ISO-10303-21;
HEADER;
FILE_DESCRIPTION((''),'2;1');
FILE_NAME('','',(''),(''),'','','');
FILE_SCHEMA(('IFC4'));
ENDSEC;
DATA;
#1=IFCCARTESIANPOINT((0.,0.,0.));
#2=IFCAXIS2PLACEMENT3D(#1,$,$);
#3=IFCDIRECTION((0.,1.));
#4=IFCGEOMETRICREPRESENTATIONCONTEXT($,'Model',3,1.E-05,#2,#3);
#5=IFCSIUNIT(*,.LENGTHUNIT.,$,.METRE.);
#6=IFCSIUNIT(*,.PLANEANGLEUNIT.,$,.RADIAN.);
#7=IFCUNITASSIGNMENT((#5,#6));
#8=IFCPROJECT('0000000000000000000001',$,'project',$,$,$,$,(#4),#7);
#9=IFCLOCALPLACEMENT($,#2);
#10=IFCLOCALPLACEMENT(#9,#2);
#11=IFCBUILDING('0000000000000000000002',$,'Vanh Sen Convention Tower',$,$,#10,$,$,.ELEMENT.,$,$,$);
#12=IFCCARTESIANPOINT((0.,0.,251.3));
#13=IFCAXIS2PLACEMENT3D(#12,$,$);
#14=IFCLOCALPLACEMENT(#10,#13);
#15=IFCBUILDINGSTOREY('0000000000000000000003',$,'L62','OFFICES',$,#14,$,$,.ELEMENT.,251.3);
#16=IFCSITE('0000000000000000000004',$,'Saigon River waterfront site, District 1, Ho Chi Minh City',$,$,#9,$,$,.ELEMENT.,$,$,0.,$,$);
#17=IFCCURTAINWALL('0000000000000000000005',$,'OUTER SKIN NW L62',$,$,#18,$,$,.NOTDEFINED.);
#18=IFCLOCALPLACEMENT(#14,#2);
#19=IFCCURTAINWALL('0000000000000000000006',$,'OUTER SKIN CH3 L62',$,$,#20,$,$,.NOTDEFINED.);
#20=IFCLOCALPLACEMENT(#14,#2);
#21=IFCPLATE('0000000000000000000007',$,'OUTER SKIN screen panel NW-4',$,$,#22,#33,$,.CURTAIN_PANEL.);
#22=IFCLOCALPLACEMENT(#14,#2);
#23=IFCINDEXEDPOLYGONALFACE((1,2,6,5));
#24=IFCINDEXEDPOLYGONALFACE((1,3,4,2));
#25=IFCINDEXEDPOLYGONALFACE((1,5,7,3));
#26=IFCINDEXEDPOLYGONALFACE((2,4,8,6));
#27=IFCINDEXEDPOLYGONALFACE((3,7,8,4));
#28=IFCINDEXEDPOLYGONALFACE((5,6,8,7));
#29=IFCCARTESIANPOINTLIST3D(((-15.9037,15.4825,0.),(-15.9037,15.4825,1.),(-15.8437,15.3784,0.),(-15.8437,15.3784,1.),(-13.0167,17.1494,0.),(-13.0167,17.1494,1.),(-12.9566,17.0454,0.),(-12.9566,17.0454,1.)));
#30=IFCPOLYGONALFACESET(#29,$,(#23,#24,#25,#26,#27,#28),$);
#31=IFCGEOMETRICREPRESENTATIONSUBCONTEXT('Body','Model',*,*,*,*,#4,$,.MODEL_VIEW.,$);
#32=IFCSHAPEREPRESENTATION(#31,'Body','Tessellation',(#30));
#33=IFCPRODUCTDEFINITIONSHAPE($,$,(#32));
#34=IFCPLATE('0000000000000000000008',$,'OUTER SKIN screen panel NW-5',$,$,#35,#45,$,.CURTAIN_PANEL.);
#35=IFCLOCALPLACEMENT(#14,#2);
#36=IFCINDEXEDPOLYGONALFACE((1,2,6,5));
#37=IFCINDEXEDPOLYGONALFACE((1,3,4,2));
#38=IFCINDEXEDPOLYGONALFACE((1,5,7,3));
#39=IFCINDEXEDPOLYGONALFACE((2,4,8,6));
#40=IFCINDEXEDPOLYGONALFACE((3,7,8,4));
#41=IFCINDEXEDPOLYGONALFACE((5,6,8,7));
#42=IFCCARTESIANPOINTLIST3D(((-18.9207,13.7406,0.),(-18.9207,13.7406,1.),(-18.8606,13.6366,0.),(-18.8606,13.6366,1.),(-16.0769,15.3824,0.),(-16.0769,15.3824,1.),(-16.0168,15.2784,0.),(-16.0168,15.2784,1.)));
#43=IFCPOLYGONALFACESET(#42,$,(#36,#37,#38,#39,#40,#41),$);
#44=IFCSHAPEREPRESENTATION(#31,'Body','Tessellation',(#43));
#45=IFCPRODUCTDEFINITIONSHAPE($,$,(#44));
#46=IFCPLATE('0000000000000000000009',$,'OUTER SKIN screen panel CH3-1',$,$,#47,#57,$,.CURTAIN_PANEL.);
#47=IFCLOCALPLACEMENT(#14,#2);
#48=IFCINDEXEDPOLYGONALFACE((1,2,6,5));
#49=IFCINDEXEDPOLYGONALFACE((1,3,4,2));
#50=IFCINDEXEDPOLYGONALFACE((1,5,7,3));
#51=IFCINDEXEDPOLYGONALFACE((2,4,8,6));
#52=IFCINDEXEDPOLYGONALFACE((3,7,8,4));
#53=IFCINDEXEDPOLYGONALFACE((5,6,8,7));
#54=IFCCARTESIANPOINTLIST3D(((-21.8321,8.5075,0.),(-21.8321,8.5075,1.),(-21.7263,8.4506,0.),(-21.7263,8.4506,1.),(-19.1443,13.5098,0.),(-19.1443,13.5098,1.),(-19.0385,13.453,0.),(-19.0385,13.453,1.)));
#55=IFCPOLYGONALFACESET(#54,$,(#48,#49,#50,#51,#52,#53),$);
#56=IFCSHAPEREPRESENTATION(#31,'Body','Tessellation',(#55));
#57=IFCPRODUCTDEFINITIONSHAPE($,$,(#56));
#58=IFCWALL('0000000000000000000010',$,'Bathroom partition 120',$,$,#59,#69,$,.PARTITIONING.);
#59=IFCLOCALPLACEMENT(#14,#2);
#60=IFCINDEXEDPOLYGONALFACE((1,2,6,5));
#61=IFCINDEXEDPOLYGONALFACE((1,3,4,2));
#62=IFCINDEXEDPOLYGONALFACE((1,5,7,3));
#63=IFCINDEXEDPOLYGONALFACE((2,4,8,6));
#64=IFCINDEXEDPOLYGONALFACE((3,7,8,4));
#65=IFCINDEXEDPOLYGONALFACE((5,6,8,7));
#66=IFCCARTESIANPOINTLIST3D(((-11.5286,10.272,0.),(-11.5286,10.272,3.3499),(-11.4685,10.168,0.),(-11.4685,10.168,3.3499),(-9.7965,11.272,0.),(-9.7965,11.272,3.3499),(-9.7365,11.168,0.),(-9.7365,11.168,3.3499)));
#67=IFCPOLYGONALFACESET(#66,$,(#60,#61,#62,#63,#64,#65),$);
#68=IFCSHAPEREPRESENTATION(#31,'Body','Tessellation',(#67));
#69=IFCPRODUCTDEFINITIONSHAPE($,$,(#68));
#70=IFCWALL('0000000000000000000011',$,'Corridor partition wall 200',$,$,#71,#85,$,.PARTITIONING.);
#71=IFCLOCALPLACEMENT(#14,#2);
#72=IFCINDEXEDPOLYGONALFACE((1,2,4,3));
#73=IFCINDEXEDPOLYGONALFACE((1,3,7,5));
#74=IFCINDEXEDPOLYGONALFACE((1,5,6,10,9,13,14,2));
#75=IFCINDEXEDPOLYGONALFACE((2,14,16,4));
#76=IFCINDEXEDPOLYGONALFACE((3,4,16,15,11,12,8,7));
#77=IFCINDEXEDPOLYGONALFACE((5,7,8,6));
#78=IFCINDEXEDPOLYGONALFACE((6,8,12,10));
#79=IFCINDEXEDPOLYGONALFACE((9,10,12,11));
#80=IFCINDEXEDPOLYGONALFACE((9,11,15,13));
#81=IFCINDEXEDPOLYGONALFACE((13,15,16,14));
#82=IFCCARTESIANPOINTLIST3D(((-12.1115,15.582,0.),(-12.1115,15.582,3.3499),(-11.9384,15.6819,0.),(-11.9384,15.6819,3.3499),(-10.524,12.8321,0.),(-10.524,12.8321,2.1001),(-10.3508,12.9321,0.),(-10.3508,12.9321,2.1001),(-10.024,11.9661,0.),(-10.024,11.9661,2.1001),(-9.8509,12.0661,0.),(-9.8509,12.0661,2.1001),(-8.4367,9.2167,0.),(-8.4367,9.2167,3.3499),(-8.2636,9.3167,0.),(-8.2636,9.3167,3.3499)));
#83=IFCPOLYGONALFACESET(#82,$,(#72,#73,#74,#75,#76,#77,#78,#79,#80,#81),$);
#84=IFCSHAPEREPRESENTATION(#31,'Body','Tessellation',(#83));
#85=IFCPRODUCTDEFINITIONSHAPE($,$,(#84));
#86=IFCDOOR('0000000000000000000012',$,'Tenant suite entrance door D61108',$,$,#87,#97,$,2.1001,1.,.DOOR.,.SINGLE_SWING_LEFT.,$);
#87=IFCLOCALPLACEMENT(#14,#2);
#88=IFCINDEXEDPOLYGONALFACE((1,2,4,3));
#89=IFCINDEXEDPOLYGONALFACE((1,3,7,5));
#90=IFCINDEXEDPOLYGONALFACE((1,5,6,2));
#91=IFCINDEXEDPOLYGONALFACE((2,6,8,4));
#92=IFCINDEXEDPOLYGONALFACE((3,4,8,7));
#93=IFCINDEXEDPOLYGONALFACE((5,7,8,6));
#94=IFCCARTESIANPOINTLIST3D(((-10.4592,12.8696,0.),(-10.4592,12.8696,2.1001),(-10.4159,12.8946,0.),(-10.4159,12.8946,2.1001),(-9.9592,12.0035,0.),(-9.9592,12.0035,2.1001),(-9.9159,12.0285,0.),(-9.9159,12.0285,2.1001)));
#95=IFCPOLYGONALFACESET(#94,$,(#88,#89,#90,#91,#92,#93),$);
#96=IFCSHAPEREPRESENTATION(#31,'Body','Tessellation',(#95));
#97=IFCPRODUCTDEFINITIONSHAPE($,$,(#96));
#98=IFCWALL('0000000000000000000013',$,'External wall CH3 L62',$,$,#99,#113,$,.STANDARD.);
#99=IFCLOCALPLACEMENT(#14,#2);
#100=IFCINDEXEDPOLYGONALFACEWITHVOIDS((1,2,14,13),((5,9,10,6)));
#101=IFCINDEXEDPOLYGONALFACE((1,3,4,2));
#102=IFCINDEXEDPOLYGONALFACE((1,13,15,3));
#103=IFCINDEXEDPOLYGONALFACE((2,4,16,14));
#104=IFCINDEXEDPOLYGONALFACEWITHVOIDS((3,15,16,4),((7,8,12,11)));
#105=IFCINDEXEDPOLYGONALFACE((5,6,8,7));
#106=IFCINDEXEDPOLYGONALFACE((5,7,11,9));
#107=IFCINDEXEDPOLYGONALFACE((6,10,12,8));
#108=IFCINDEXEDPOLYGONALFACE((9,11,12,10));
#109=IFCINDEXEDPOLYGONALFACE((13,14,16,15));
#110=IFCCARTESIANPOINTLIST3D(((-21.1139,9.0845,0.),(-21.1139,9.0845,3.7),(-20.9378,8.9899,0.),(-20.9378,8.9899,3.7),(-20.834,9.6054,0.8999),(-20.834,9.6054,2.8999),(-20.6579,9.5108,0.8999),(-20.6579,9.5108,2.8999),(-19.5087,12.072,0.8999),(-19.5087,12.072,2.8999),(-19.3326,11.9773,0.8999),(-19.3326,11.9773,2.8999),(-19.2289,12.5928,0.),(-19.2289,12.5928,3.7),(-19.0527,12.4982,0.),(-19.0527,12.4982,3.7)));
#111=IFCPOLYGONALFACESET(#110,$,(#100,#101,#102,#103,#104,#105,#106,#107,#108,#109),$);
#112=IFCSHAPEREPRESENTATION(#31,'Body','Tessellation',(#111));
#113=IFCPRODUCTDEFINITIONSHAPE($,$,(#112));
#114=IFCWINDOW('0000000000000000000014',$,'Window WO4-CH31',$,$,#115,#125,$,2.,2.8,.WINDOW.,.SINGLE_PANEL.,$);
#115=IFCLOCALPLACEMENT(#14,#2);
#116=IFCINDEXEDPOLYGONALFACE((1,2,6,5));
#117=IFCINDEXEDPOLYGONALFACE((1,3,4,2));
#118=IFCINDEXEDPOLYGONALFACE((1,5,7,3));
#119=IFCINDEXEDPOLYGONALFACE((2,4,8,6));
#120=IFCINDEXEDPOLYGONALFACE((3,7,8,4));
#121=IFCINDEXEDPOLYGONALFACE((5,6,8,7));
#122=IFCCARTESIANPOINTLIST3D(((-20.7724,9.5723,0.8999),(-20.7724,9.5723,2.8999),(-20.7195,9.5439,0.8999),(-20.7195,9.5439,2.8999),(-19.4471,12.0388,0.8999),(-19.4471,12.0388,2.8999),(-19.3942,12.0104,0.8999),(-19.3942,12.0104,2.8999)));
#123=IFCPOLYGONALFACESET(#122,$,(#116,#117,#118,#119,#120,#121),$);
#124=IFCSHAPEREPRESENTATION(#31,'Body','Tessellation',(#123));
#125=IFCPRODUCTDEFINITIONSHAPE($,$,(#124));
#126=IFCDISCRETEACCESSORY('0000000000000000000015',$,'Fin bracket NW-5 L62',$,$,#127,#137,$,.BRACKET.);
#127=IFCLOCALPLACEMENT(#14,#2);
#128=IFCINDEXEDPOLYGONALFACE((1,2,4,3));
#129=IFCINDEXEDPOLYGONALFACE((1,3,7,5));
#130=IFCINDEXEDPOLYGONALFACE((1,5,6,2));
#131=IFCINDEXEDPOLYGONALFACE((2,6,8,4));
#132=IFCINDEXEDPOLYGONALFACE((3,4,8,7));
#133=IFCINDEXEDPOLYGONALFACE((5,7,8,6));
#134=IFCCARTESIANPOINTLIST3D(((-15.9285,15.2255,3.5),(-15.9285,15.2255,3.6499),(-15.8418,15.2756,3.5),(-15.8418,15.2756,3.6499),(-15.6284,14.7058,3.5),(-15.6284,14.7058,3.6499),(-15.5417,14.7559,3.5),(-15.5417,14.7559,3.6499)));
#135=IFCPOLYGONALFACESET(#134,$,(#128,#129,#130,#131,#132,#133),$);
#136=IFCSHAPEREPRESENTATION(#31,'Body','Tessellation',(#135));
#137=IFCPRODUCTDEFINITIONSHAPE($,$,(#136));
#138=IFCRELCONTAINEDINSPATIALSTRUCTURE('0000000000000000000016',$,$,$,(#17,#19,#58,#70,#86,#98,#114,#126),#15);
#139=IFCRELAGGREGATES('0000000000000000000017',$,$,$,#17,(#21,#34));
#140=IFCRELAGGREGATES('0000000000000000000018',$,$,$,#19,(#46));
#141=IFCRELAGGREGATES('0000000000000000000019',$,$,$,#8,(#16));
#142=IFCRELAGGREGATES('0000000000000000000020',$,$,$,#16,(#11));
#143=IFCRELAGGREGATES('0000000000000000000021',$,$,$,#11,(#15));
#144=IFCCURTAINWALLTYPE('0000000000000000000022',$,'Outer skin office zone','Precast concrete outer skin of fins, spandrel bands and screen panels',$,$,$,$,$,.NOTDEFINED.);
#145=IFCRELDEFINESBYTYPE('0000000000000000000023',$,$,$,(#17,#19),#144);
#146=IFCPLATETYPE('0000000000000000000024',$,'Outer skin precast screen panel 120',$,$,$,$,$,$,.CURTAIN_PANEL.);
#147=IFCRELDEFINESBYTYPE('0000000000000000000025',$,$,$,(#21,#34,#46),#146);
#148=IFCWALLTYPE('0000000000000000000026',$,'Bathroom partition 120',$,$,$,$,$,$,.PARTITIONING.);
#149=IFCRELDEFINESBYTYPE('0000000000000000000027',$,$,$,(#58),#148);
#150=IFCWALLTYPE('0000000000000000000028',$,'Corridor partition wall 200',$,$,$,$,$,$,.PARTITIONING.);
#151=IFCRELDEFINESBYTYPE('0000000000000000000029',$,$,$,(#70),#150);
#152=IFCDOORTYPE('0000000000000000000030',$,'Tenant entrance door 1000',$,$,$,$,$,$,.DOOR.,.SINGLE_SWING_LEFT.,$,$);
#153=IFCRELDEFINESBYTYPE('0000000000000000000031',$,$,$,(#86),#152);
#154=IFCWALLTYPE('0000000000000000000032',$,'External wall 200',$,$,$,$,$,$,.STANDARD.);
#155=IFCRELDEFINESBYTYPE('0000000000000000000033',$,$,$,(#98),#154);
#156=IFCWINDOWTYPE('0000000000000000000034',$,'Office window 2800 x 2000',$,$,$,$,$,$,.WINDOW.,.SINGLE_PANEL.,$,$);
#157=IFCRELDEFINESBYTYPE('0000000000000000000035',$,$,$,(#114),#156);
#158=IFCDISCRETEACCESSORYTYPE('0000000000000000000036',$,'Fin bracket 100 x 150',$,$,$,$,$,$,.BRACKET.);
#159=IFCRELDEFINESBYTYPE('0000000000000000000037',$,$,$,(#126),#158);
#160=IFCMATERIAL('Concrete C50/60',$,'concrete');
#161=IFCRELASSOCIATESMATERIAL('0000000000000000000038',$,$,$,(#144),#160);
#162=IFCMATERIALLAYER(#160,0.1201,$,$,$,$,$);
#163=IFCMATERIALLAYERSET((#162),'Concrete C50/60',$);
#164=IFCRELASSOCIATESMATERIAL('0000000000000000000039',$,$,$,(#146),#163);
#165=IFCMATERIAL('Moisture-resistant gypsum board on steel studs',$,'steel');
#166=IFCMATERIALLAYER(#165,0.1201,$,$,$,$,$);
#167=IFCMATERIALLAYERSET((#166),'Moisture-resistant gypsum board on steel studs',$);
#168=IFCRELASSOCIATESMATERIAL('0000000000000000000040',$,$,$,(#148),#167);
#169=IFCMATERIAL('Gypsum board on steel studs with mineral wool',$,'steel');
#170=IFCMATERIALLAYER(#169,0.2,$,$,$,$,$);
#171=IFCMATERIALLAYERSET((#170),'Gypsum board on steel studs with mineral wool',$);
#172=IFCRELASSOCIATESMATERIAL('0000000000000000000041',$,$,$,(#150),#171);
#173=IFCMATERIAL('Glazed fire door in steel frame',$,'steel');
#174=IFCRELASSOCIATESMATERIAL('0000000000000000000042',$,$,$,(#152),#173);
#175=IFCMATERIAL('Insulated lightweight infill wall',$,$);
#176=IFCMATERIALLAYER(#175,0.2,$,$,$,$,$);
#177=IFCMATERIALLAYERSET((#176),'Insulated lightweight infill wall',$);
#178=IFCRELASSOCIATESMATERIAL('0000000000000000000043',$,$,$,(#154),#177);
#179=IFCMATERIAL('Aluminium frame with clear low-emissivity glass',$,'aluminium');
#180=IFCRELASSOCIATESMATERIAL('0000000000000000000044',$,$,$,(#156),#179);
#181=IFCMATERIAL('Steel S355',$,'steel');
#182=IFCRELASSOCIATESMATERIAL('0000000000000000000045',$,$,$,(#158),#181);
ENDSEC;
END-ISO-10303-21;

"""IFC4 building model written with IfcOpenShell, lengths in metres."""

from ifc_helpers import new_model, si_unit, direction, frame, frame_2d, origin, origin_2d, place, context, subcontext, project, spatial, rectangle, extrude, material, layer, layer_set, type_object, element, fill, aggregate, save


model = new_model("IFC4")

# Units and contexts
model_context = context("Model", 3, precision=1e-05, world=origin(), true_north=direction((0.0, 1.0)))
body_context = subcontext(model_context, "Body", "Model", "MODEL_VIEW")
ifc_project = project(units=[si_unit("LENGTHUNIT", "METRE"), si_unit("PLANEANGLEUNIT", "RADIAN")], contexts=[model_context])

# Site, building, storey
site_placement = place(None, origin())
site = spatial("IfcSite", under=ifc_project, at=site_placement, Name="Saigon River waterfront site, District 1, Ho Chi Minh City", CompositionType="ELEMENT", RefElevation=0.0)
building_placement = place(site_placement, origin())
building = spatial("IfcBuilding", under=site, at=building_placement, Name="Vanh Sen Convention Tower", CompositionType="ELEMENT")
storey_placement = place(building_placement, frame((0.0, 0.0, 251.3)))
storey = spatial("IfcBuildingStorey", under=building, at=storey_placement, Name="L62", Description="OFFICES", CompositionType="ELEMENT", Elevation=251.3)

# Curtain wall
ifc_material_1 = material(Name="Concrete C50/60", Category="concrete")
curtain_wall_type = type_object("IfcCurtainWallType", Name="Outer skin office zone", Description="Precast concrete outer skin of fins, spandrel bands and screen panels", PredefinedType="NOTDEFINED", material=ifc_material_1)
curtain_wall_1_placement = place(storey_placement, origin())
curtain_wall_1 = element("IfcCurtainWall", 1, at=curtain_wall_1_placement, inside=storey, type_object=curtain_wall_type, Name="OUTER SKIN NW L62", PredefinedType="NOTDEFINED")

# Curtain wall
curtain_wall_2_placement = place(storey_placement, origin())
curtain_wall_2 = element("IfcCurtainWall", 2, at=curtain_wall_2_placement, inside=storey, type_object=curtain_wall_type, Name="OUTER SKIN CH3 L62", PredefinedType="NOTDEFINED")

# Plates
ifc_layer_1 = layer(ifc_material_1, 0.1201)
ifc_layer_set_1 = layer_set([ifc_layer_1], Name="Concrete C50/60")
plate_type = type_object("IfcPlateType", Name="Outer skin precast screen panel 120", PredefinedType="CURTAIN_PANEL", material=ifc_layer_set_1)
plate_1_placement = place(storey_placement, frame((-14.4302, 16.2639, 0.0), z_axis=(0.0, 0.0, 1.0), x_axis=(-0.866014, -0.50002, 0.0)))
plate_1 = element("IfcPlate", 3, at=plate_1_placement, type_object=plate_type, Name="OUTER SKIN screen panel NW-4", PredefinedType="CURTAIN_PANEL", context=body_context, shape_type="SweptSolid", body=[
    extrude(rectangle(XDim=3.3337, YDim=0.1201, at=origin_2d()), origin(), (0.0, 0.0, 1.0), 1.0),
])
plate_2_placement = place(storey_placement, frame((-17.4688, 14.5095, 0.0), z_axis=(0.0, 0.0, 1.0), x_axis=(-0.866033, -0.499986, 0.0)))
plate_2 = element("IfcPlate", 4, at=plate_2_placement, type_object=plate_type, Name="OUTER SKIN screen panel NW-5", PredefinedType="CURTAIN_PANEL", context=body_context, shape_type="SweptSolid", body=[
    extrude(rectangle(XDim=3.2837, YDim=0.1201, at=origin_2d()), origin(), (0.0, 0.0, 1.0), 1.0),
])
aggregate(curtain_wall_1, [plate_1, plate_2])
plate_3_placement = place(storey_placement, frame((-20.4353, 10.9802, 0.0), z_axis=(0.0, 0.0, 1.0), x_axis=(-0.473307, -0.880897, 0.0)))
plate_3 = element("IfcPlate", 5, at=plate_3_placement, type_object=plate_type, Name="OUTER SKIN screen panel CH3-1", PredefinedType="CURTAIN_PANEL", context=body_context, shape_type="SweptSolid", body=[
    extrude(rectangle(XDim=5.6787, YDim=0.1201, at=origin_2d()), origin(), (0.0, 0.0, 1.0), 1.0),
])
aggregate(curtain_wall_2, [plate_3])

# Wall
ifc_material_2 = material(Name="Moisture-resistant gypsum board on steel studs", Category="steel")
ifc_layer_2 = layer(ifc_material_2, 0.1201)
ifc_layer_set_2 = layer_set([ifc_layer_2], Name="Moisture-resistant gypsum board on steel studs")
wall_type_1 = type_object("IfcWallType", Name="Bathroom partition 120", PredefinedType="PARTITIONING", material=ifc_layer_set_2)
wall_1_placement = place(storey_placement, frame((-11.4985, 10.22, 0.0), z_axis=(0.0, 0.0, 1.0), x_axis=(0.866011, 0.500025, 0.0)))
element("IfcWall", 6, at=wall_1_placement, inside=storey, type_object=wall_type_1, Name="Bathroom partition 120", PredefinedType="PARTITIONING", context=body_context, shape_type="SweptSolid", body=[
    extrude(rectangle(XDim=2.0, YDim=0.1201, at=frame_2d((1.0, 0.0))), origin(), (0.0, 0.0, 1.0), 3.3499),
])

# Wall, opening, door
ifc_material_3 = material(Name="Gypsum board on steel studs with mineral wool", Category="steel")
ifc_layer_3 = layer(ifc_material_3, 0.2)
ifc_layer_set_3 = layer_set([ifc_layer_3], Name="Gypsum board on steel studs with mineral wool")
wall_type_2 = type_object("IfcWallType", Name="Corridor partition wall 200", PredefinedType="PARTITIONING", material=ifc_layer_set_3)
wall_2_placement = place(storey_placement, frame((-12.0249, 15.6318, 0.0), z_axis=(0.0, 0.0, 1.0), x_axis=(0.499983, -0.866035, 0.0)))
wall_2 = element("IfcWall", 7, at=wall_2_placement, inside=storey, type_object=wall_type_2, Name="Corridor partition wall 200", PredefinedType="PARTITIONING", context=body_context, shape_type="SweptSolid", body=[
    extrude(rectangle(XDim=7.3499, YDim=0.2, at=frame_2d((3.6748, 0.0))), origin(), (0.0, 0.0, 1.0), 3.3499),
])
opening_1_placement = place(wall_2_placement, frame((3.175, 0.0, 0.0)))
opening_1 = element("IfcOpeningElement", 8, at=opening_1_placement, cuts=wall_2, PredefinedType="OPENING", context=body_context, shape_type="SweptSolid", body=[
    extrude(rectangle(XDim=1.0, YDim=2.1001, at=frame_2d((0.5, 1.05))), frame((0.0, 0.1099, 0.0), z_axis=(0.0, -1.0, 0.0), x_axis=(1.0, 0.0, 0.0)), (0.0, 0.0, 1.0), 0.22),
])
ifc_material_4 = material(Name="Glazed fire door in steel frame", Category="steel")
door_type = type_object("IfcDoorType", Name="Tenant entrance door 1000", OperationType="SINGLE_SWING_LEFT", PredefinedType="DOOR", material=ifc_material_4)
door_placement = place(opening_1_placement, origin())
door = element("IfcDoor", 9, at=door_placement, inside=storey, type_object=door_type, Name="Tenant suite entrance door D61108", OperationType="SINGLE_SWING_LEFT", OverallHeight=2.1001, OverallWidth=1.0, PredefinedType="DOOR", context=body_context, shape_type="SweptSolid", body=[
    extrude(rectangle(XDim=1.0, YDim=2.1001, at=frame_2d((0.5, 1.05))), frame((0.0, 0.0249, 0.0), z_axis=(0.0, -1.0, 0.0), x_axis=(1.0, 0.0, 0.0)), (0.0, 0.0, 1.0), 0.05),
])
fill(opening_1, door)

# Wall, opening, window
ifc_material_5 = material(Name="Insulated lightweight infill wall")
ifc_layer_4 = layer(ifc_material_5, 0.2)
ifc_layer_set_4 = layer_set([ifc_layer_4], Name="Insulated lightweight infill wall")
wall_type_3 = type_object("IfcWallType", Name="External wall 200", PredefinedType="STANDARD", material=ifc_layer_set_4)
wall_3_placement = place(storey_placement, frame((-19.1409, 12.5454, 0.0), z_axis=(0.0, 0.0, 1.0), x_axis=(-0.473306, -0.880898, 0.0)))
wall_3 = element("IfcWall", 10, at=wall_3_placement, inside=storey, type_object=wall_type_3, Name="External wall CH3 L62", PredefinedType="STANDARD", context=body_context, shape_type="SweptSolid", body=[
    extrude(rectangle(XDim=3.9827, YDim=0.2, at=frame_2d((1.9912, 0.0))), origin(), (0.0, 0.0, 1.0), 3.7),
])
opening_2_placement = place(wall_3_placement, frame((0.5913, 0.0, 0.8999)))
opening_2 = element("IfcOpeningElement", 11, at=opening_2_placement, cuts=wall_3, PredefinedType="OPENING", context=body_context, shape_type="SweptSolid", body=[
    extrude(rectangle(XDim=2.8, YDim=2.0, at=frame_2d((1.3999, 1.0))), frame((0.0, 0.1099, 0.0), z_axis=(0.0, -1.0, 0.0), x_axis=(1.0, 0.0, 0.0)), (0.0, 0.0, 1.0), 0.22),
])
ifc_material_6 = material(Name="Aluminium frame with clear low-emissivity glass", Category="aluminium")
window_type = type_object("IfcWindowType", Name="Office window 2800 x 2000", PartitioningType="SINGLE_PANEL", PredefinedType="WINDOW", material=ifc_material_6)
window_placement = place(opening_2_placement, origin())
window = element("IfcWindow", 12, at=window_placement, inside=storey, type_object=window_type, Name="Window WO4-CH31", OverallHeight=2.0, OverallWidth=2.8, PartitioningType="SINGLE_PANEL", PredefinedType="WINDOW", context=body_context, shape_type="SweptSolid", body=[
    extrude(rectangle(XDim=2.8, YDim=2.0, at=frame_2d((1.3999, 1.0))), frame((0.0, 0.03, 0.0), z_axis=(0.0, -1.0, 0.0), x_axis=(1.0, 0.0, 0.0)), (0.0, 0.0, 1.0), 0.0601),
])
fill(opening_2, window)

# Discrete accessory
ifc_material_7 = material(Name="Steel S355", Category="steel")
discrete_accessory_type = type_object("IfcDiscreteAccessoryType", Name="Fin bracket 100 x 150", PredefinedType="BRACKET", material=ifc_material_7)
discrete_accessory_placement = place(storey_placement, frame((-15.7351, 14.9907, 3.5), z_axis=(0.0, 0.0, 1.0), x_axis=(-0.5, 0.866025, 0.0)))
element("IfcDiscreteAccessory", 13, at=discrete_accessory_placement, inside=storey, type_object=discrete_accessory_type, Name="Fin bracket NW-5 L62", PredefinedType="BRACKET", context=body_context, shape_type="SweptSolid", body=[
    extrude(rectangle(XDim=0.6001, YDim=0.1001, at=origin_2d()), origin(), (0.0, 0.0, 1.0), 0.1499),
])

save(model, "model.ifc")
